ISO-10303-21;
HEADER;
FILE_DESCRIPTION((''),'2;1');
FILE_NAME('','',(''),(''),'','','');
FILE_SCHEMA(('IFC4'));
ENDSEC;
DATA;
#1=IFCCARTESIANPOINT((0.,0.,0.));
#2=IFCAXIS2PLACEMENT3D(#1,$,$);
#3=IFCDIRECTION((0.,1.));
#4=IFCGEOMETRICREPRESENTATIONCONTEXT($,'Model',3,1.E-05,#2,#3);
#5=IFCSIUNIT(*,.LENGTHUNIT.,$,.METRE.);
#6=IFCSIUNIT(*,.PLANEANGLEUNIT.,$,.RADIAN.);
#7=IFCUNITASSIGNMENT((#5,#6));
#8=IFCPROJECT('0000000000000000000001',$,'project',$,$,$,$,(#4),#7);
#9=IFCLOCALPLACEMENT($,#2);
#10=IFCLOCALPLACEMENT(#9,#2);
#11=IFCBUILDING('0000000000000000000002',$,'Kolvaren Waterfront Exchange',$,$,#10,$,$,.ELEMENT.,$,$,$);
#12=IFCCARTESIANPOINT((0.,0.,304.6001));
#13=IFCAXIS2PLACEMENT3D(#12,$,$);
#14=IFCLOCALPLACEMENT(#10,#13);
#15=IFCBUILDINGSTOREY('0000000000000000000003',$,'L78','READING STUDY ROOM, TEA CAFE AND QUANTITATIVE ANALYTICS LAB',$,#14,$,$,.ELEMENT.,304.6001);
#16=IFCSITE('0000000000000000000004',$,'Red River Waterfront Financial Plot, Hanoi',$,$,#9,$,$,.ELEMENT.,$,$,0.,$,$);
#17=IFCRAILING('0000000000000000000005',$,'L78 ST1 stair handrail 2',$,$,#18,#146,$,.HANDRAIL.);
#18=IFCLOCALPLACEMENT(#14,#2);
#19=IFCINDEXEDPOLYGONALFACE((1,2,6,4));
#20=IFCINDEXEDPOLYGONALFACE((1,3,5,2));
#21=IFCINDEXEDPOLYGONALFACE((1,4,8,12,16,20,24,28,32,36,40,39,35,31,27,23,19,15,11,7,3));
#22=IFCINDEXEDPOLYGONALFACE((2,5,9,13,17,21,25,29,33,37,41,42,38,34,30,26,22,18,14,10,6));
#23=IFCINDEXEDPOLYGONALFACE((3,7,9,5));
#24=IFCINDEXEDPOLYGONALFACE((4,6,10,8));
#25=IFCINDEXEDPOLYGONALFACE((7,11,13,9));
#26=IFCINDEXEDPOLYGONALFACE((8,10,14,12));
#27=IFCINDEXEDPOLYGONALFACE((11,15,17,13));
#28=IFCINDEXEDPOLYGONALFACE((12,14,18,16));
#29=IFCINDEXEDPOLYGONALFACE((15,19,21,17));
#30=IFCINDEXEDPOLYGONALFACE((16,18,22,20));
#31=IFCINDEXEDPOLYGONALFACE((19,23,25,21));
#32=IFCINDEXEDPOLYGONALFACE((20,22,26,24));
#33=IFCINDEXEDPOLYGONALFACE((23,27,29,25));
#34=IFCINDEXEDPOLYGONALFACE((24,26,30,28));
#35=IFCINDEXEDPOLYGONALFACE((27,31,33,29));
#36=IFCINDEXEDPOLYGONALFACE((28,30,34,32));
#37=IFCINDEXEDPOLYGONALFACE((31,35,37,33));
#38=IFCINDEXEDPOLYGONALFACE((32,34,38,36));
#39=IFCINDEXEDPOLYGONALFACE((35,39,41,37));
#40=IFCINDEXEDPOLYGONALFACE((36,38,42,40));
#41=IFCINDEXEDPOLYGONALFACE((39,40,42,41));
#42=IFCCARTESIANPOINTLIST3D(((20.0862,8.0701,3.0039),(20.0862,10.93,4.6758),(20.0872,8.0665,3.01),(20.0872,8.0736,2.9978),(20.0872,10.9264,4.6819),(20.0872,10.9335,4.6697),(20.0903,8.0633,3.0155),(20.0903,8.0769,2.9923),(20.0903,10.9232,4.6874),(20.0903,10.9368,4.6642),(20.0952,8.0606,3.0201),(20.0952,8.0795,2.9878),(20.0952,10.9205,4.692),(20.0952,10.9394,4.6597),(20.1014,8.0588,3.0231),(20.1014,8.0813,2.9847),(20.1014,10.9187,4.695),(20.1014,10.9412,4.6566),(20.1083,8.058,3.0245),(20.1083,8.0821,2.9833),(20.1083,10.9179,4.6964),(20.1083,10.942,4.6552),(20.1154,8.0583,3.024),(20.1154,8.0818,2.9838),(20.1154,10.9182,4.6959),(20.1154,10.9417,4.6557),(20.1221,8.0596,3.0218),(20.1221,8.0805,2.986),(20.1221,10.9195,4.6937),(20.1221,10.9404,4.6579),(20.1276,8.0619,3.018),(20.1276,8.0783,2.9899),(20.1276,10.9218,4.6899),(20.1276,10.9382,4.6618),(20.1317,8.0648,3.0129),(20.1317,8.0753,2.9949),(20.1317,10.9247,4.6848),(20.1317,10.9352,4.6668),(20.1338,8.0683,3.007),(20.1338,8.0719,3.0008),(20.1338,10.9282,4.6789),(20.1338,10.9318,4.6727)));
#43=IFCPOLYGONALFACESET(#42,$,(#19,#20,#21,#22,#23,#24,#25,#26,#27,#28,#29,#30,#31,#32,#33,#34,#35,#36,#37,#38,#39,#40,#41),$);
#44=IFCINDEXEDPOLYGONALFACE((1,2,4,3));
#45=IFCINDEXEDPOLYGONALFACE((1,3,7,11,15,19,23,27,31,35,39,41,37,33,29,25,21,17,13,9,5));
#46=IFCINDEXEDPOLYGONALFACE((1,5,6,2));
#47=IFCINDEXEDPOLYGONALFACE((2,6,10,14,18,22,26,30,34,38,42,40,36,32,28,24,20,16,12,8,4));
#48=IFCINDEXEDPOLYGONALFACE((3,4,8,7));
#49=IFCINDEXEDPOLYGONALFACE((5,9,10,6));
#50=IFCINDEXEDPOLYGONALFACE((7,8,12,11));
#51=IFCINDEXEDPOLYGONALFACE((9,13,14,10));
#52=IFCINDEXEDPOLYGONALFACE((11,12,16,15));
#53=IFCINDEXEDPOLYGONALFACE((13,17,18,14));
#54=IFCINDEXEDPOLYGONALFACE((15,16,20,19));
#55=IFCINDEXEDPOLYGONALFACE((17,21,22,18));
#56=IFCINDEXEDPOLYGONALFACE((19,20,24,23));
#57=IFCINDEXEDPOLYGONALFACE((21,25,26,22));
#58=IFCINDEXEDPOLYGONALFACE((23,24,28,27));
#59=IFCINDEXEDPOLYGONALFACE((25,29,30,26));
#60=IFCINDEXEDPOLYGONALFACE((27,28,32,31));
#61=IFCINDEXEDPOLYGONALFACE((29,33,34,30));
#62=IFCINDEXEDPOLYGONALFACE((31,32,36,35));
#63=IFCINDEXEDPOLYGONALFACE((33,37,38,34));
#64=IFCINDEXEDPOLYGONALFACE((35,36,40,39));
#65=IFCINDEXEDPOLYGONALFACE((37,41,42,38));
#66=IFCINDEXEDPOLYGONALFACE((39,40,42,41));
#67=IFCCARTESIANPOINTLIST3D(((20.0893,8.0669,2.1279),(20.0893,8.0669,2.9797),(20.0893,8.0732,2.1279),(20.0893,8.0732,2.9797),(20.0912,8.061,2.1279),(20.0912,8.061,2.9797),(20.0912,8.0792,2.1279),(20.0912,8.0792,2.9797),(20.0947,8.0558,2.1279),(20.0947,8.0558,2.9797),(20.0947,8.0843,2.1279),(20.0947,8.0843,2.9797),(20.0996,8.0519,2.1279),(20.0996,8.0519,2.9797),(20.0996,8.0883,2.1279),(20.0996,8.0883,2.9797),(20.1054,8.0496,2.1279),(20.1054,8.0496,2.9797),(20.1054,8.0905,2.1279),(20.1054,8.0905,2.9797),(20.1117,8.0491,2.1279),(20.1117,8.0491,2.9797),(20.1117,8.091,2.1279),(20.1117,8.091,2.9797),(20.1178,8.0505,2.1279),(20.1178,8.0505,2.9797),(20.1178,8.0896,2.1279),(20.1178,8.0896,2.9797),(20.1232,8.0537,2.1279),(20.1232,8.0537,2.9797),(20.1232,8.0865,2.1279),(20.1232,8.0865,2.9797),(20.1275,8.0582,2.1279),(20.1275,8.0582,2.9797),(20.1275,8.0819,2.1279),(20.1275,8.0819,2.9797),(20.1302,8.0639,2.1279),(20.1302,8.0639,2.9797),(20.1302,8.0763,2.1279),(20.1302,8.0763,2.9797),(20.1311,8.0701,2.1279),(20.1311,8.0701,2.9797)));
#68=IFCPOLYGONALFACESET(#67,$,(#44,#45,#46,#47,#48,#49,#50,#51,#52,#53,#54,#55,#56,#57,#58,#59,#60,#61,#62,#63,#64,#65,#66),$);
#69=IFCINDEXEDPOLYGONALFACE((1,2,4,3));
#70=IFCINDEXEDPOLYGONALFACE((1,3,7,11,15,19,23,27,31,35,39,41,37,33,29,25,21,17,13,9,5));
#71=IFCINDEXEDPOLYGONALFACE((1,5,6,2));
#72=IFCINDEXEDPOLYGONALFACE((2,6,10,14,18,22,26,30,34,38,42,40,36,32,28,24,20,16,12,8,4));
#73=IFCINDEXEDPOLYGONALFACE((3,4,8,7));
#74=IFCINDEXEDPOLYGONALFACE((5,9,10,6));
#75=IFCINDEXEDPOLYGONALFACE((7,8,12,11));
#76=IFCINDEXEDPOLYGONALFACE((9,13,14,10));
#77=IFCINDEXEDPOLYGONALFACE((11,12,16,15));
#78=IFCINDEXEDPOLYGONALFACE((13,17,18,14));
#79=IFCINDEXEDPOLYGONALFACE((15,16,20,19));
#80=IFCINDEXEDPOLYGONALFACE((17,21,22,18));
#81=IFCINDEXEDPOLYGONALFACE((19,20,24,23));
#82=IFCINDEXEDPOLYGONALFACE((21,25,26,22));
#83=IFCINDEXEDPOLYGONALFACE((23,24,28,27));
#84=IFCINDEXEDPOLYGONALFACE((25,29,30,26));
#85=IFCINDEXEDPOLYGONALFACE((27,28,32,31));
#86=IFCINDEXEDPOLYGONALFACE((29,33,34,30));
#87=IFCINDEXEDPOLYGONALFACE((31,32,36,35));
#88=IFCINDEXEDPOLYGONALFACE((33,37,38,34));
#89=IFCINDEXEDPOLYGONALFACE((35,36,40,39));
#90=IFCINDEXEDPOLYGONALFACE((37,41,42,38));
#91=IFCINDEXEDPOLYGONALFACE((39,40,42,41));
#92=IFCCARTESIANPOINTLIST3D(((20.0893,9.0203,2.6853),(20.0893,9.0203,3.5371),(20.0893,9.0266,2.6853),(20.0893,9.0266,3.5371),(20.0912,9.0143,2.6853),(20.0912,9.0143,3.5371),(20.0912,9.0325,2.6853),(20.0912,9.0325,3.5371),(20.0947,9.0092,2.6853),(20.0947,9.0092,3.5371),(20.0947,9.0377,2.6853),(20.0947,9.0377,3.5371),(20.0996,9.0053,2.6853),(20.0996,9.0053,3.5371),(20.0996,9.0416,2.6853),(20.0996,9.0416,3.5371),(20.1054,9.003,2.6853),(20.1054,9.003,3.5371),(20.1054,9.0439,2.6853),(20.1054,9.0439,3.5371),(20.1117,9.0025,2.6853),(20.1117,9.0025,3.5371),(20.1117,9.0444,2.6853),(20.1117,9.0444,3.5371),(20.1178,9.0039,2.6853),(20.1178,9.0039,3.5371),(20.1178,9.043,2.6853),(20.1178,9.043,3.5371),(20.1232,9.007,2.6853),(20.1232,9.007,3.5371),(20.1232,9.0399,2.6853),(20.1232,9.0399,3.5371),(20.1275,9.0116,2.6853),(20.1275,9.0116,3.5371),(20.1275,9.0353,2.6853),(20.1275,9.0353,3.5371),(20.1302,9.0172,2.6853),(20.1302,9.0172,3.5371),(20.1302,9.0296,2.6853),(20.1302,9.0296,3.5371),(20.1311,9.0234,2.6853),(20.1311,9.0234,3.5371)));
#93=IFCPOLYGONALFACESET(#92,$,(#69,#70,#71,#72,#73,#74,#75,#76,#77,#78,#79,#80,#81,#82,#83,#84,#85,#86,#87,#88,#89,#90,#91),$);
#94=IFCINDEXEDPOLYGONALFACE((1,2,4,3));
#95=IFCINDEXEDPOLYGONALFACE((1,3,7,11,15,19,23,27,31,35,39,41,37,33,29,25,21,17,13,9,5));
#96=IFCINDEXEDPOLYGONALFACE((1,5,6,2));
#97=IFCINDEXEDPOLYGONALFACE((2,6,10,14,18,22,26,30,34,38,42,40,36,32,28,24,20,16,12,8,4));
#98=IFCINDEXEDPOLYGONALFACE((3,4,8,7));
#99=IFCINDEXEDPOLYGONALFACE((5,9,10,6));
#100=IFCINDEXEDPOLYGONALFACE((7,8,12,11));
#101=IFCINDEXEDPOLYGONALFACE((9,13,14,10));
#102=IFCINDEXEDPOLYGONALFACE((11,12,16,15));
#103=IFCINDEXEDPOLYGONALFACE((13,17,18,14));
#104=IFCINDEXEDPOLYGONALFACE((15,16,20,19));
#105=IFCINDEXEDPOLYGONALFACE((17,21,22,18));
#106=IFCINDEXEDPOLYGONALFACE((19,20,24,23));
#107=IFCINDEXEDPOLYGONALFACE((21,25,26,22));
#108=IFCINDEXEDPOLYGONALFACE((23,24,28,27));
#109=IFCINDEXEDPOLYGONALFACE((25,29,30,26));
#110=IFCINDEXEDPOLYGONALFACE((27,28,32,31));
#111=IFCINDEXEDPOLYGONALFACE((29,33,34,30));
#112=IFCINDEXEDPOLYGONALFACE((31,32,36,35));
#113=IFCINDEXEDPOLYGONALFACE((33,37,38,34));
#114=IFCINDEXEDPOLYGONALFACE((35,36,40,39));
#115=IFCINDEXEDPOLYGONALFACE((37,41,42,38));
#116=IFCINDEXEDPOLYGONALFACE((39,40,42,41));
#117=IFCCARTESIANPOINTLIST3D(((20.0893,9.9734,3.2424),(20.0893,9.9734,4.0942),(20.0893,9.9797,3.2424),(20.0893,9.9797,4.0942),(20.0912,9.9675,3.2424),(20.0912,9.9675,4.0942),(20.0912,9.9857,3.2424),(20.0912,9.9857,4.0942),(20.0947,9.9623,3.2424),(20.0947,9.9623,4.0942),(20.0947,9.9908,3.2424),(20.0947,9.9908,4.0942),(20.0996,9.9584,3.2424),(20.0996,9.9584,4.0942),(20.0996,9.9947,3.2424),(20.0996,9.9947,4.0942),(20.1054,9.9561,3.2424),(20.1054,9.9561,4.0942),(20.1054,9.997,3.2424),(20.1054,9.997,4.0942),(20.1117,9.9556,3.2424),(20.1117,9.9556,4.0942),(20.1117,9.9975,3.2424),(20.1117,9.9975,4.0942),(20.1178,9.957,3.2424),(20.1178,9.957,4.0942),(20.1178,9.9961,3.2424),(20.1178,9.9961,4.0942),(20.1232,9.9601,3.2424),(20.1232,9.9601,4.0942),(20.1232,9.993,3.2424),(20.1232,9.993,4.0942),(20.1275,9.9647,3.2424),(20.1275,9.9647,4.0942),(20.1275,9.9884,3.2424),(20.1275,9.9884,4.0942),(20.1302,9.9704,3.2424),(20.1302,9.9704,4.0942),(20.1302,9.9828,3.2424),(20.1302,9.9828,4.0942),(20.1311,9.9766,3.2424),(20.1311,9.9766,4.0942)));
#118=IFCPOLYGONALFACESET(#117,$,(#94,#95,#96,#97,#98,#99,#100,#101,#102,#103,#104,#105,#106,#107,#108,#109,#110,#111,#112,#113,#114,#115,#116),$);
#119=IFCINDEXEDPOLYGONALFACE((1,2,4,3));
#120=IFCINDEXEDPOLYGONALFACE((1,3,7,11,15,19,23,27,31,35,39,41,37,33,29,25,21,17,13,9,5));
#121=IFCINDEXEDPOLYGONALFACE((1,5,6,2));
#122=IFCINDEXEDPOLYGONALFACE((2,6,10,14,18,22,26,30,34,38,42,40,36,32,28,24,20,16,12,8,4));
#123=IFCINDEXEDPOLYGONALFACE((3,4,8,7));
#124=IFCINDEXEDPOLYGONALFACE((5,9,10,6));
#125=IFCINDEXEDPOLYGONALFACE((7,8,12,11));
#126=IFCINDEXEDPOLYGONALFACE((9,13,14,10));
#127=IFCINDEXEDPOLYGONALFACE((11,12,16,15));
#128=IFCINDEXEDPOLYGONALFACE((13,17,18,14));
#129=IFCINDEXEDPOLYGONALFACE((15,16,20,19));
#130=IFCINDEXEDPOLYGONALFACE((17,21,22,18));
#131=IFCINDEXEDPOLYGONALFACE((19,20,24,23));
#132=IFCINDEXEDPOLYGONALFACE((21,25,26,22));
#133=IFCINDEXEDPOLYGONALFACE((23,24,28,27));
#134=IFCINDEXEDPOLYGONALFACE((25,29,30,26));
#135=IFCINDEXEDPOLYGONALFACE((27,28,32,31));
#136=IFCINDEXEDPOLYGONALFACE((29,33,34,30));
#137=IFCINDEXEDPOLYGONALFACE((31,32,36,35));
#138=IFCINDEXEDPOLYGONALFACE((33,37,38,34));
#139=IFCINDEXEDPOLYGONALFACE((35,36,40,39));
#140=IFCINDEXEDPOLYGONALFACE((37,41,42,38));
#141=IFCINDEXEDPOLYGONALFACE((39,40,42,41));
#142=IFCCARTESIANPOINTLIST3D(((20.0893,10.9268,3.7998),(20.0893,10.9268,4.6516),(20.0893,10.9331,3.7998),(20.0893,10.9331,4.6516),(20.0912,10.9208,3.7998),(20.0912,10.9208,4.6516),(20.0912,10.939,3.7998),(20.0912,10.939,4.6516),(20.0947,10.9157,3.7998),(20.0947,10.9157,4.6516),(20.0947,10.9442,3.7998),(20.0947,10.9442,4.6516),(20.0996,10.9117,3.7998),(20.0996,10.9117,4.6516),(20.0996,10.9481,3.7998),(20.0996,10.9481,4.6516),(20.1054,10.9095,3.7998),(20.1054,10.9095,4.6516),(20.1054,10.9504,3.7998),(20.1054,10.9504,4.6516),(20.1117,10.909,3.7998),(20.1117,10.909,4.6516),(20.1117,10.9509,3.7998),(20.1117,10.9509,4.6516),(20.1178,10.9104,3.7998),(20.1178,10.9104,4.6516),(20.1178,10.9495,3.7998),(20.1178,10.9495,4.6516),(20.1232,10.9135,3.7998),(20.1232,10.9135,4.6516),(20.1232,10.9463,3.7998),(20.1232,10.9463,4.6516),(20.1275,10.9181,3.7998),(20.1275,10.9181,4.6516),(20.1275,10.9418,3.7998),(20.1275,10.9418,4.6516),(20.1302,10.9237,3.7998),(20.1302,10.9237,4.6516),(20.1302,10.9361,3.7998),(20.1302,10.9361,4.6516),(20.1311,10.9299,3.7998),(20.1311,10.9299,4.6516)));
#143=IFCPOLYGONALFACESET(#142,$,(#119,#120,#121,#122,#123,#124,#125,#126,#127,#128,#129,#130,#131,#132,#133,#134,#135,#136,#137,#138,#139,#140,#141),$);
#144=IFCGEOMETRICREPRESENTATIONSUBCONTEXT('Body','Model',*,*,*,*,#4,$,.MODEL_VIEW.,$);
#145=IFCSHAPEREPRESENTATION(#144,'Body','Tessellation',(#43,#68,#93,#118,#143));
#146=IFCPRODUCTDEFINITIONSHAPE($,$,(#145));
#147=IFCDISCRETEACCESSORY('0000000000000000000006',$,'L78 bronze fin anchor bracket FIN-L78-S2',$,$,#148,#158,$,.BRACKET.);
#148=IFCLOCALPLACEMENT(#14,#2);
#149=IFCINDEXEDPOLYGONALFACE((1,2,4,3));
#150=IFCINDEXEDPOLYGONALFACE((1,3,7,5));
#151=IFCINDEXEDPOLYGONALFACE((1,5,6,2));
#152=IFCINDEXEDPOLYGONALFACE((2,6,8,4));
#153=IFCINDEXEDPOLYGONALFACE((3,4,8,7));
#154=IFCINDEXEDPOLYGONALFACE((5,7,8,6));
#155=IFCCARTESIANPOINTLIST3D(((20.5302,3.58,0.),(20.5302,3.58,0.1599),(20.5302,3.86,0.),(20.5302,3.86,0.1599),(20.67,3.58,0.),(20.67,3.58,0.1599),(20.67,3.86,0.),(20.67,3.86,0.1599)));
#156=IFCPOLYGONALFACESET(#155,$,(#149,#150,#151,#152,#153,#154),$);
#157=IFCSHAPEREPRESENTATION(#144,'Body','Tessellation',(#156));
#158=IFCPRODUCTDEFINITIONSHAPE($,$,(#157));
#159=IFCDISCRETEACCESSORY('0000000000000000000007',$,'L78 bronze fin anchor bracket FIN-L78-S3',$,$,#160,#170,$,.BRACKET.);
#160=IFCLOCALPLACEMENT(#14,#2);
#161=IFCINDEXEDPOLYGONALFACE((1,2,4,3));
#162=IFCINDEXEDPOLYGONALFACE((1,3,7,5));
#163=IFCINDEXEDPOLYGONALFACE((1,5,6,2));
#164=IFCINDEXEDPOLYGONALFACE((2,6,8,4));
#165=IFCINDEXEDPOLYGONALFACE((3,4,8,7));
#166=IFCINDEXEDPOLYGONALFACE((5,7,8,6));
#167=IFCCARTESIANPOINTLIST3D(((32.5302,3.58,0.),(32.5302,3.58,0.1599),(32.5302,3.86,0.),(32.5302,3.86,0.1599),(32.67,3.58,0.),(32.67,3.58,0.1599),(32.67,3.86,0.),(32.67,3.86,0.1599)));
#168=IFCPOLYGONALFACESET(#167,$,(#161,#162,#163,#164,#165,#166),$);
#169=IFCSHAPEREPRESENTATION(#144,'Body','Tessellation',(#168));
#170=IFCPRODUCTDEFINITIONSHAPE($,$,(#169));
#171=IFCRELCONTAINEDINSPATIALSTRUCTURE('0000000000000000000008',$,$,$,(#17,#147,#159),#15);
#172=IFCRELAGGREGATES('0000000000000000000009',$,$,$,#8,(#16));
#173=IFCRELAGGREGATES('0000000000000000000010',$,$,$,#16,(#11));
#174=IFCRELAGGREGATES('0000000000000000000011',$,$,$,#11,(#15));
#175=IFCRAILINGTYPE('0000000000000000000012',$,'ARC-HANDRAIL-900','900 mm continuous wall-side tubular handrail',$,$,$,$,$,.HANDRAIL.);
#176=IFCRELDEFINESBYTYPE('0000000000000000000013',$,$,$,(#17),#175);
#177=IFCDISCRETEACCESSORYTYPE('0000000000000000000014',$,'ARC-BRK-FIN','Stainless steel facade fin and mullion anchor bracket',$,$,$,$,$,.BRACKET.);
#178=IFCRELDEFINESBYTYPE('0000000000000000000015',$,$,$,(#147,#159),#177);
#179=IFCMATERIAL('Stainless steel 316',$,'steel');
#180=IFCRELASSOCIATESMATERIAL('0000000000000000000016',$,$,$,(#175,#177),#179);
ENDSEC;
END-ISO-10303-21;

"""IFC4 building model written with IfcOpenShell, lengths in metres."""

from ifc_helpers import new_model, si_unit, direction, frame, origin, origin_with_axes, origin_2d, place, context, subcontext, project, spatial, rectangle, circle, extrude, source, transform, mapped, material, type_object, element, save


model = new_model("IFC4")

# Units and contexts
model_context = context("Model", 3, precision=1e-05, world=origin(), true_north=direction((0.0, 1.0)))
body_context = subcontext(model_context, "Body", "Model", "MODEL_VIEW")
ifc_project = project(units=[si_unit("LENGTHUNIT", "METRE"), si_unit("PLANEANGLEUNIT", "RADIAN")], contexts=[model_context])

# Site, building, storey
site_placement = place(None, origin())
site = spatial("IfcSite", under=ifc_project, at=site_placement, Name="Red River Waterfront Financial Plot, Hanoi", CompositionType="ELEMENT", RefElevation=0.0)
building_placement = place(site_placement, origin())
building = spatial("IfcBuilding", under=site, at=building_placement, Name="Kolvaren Waterfront Exchange", CompositionType="ELEMENT")
storey_placement = place(building_placement, frame((0.0, 0.0, 304.6001)))
storey = spatial("IfcBuildingStorey", under=building, at=storey_placement, Name="L78", Description="READING STUDY ROOM, TEA CAFE AND QUANTITATIVE ANALYTICS LAB", CompositionType="ELEMENT", Elevation=304.6001)

# Railing
ifc_material_1 = material(Name="Stainless steel 316", Category="steel")
railing_type_1 = type_object("IfcRailingType", Name="ARC-HANDRAIL-900", Description="900 mm continuous wall-side tubular handrail", PredefinedType="HANDRAIL", material=ifc_material_1)
railing_1_placement = place(storey_placement, frame((20.1101, 8.0701, 2.1279)))
element("IfcRailing", 1, at=railing_1_placement, inside=storey, type_object=railing_type_1, Name="L78 ST1 stair handrail 2", PredefinedType="HANDRAIL", context=body_context, shape_type="SweptSolid", body=[
    extrude(circle(Radius=0.0239, at=origin_2d()), frame((0.0, 0.0, 0.876), z_axis=(0.0, 0.863303, 0.504686), x_axis=(-1.0, 0.0, 0.0)), (0.0, 0.0, 1.0), 3.3127),
    extrude(circle(Radius=0.021, at=origin_2d()), origin(), (0.0, 0.0, 1.0), 0.8518),
    extrude(circle(Radius=0.021, at=origin_2d()), frame((0.0, 0.9534, 0.5574)), (0.0, 0.0, 1.0), 0.8518),
    extrude(circle(Radius=0.021, at=origin_2d()), frame((0.0, 1.9065, 1.1145)), (0.0, 0.0, 1.0), 0.8518),
    extrude(circle(Radius=0.021, at=origin_2d()), frame((0.0, 2.8599, 1.6719)), (0.0, 0.0, 1.0), 0.8518),
])

# Discrete accessories
discrete_accessory_type = type_object("IfcDiscreteAccessoryType", Name="ARC-BRK-FIN", Description="Stainless steel facade fin and mullion anchor bracket", PredefinedType="BRACKET", material=ifc_material_1)
shared_shape_1 = source(origin_with_axes(), body_context, "Body", "SweptSolid", [
    extrude(rectangle(XDim=0.28, YDim=0.1399, at=origin_2d()), origin(), (0.0, 0.0, 1.0), 0.1599),
])
for number, where, z_axis, x_axis, name in (
    (2, (20.6001, 3.72, 0.0), (0.0, 0.0, 1.0), (0.0, -1.0, 0.0), "L78 bronze fin anchor bracket FIN-L78-S2"),
    (3, (32.6001, 3.72, 0.0), (0.0, 0.0, 1.0), (0.0, -1.0, 0.0), "L78 bronze fin anchor bracket FIN-L78-S3"),
):
    element("IfcDiscreteAccessory", number, at=place(storey_placement, frame(where, z_axis=z_axis, x_axis=x_axis)), inside=storey, type_object=discrete_accessory_type, Name=name, PredefinedType="BRACKET", context=body_context, shape_type="MappedRepresentation", body=[
        mapped(shared_shape_1, transform((0.0, 0.0, 0.0), x_axis=(1.0, 0.0, 0.0), y_axis=(0.0, 1.0, 0.0), z_axis=(0.0, 0.0, 1.0), scale=1.0)),
    ])

save(model, "model.ifc")
